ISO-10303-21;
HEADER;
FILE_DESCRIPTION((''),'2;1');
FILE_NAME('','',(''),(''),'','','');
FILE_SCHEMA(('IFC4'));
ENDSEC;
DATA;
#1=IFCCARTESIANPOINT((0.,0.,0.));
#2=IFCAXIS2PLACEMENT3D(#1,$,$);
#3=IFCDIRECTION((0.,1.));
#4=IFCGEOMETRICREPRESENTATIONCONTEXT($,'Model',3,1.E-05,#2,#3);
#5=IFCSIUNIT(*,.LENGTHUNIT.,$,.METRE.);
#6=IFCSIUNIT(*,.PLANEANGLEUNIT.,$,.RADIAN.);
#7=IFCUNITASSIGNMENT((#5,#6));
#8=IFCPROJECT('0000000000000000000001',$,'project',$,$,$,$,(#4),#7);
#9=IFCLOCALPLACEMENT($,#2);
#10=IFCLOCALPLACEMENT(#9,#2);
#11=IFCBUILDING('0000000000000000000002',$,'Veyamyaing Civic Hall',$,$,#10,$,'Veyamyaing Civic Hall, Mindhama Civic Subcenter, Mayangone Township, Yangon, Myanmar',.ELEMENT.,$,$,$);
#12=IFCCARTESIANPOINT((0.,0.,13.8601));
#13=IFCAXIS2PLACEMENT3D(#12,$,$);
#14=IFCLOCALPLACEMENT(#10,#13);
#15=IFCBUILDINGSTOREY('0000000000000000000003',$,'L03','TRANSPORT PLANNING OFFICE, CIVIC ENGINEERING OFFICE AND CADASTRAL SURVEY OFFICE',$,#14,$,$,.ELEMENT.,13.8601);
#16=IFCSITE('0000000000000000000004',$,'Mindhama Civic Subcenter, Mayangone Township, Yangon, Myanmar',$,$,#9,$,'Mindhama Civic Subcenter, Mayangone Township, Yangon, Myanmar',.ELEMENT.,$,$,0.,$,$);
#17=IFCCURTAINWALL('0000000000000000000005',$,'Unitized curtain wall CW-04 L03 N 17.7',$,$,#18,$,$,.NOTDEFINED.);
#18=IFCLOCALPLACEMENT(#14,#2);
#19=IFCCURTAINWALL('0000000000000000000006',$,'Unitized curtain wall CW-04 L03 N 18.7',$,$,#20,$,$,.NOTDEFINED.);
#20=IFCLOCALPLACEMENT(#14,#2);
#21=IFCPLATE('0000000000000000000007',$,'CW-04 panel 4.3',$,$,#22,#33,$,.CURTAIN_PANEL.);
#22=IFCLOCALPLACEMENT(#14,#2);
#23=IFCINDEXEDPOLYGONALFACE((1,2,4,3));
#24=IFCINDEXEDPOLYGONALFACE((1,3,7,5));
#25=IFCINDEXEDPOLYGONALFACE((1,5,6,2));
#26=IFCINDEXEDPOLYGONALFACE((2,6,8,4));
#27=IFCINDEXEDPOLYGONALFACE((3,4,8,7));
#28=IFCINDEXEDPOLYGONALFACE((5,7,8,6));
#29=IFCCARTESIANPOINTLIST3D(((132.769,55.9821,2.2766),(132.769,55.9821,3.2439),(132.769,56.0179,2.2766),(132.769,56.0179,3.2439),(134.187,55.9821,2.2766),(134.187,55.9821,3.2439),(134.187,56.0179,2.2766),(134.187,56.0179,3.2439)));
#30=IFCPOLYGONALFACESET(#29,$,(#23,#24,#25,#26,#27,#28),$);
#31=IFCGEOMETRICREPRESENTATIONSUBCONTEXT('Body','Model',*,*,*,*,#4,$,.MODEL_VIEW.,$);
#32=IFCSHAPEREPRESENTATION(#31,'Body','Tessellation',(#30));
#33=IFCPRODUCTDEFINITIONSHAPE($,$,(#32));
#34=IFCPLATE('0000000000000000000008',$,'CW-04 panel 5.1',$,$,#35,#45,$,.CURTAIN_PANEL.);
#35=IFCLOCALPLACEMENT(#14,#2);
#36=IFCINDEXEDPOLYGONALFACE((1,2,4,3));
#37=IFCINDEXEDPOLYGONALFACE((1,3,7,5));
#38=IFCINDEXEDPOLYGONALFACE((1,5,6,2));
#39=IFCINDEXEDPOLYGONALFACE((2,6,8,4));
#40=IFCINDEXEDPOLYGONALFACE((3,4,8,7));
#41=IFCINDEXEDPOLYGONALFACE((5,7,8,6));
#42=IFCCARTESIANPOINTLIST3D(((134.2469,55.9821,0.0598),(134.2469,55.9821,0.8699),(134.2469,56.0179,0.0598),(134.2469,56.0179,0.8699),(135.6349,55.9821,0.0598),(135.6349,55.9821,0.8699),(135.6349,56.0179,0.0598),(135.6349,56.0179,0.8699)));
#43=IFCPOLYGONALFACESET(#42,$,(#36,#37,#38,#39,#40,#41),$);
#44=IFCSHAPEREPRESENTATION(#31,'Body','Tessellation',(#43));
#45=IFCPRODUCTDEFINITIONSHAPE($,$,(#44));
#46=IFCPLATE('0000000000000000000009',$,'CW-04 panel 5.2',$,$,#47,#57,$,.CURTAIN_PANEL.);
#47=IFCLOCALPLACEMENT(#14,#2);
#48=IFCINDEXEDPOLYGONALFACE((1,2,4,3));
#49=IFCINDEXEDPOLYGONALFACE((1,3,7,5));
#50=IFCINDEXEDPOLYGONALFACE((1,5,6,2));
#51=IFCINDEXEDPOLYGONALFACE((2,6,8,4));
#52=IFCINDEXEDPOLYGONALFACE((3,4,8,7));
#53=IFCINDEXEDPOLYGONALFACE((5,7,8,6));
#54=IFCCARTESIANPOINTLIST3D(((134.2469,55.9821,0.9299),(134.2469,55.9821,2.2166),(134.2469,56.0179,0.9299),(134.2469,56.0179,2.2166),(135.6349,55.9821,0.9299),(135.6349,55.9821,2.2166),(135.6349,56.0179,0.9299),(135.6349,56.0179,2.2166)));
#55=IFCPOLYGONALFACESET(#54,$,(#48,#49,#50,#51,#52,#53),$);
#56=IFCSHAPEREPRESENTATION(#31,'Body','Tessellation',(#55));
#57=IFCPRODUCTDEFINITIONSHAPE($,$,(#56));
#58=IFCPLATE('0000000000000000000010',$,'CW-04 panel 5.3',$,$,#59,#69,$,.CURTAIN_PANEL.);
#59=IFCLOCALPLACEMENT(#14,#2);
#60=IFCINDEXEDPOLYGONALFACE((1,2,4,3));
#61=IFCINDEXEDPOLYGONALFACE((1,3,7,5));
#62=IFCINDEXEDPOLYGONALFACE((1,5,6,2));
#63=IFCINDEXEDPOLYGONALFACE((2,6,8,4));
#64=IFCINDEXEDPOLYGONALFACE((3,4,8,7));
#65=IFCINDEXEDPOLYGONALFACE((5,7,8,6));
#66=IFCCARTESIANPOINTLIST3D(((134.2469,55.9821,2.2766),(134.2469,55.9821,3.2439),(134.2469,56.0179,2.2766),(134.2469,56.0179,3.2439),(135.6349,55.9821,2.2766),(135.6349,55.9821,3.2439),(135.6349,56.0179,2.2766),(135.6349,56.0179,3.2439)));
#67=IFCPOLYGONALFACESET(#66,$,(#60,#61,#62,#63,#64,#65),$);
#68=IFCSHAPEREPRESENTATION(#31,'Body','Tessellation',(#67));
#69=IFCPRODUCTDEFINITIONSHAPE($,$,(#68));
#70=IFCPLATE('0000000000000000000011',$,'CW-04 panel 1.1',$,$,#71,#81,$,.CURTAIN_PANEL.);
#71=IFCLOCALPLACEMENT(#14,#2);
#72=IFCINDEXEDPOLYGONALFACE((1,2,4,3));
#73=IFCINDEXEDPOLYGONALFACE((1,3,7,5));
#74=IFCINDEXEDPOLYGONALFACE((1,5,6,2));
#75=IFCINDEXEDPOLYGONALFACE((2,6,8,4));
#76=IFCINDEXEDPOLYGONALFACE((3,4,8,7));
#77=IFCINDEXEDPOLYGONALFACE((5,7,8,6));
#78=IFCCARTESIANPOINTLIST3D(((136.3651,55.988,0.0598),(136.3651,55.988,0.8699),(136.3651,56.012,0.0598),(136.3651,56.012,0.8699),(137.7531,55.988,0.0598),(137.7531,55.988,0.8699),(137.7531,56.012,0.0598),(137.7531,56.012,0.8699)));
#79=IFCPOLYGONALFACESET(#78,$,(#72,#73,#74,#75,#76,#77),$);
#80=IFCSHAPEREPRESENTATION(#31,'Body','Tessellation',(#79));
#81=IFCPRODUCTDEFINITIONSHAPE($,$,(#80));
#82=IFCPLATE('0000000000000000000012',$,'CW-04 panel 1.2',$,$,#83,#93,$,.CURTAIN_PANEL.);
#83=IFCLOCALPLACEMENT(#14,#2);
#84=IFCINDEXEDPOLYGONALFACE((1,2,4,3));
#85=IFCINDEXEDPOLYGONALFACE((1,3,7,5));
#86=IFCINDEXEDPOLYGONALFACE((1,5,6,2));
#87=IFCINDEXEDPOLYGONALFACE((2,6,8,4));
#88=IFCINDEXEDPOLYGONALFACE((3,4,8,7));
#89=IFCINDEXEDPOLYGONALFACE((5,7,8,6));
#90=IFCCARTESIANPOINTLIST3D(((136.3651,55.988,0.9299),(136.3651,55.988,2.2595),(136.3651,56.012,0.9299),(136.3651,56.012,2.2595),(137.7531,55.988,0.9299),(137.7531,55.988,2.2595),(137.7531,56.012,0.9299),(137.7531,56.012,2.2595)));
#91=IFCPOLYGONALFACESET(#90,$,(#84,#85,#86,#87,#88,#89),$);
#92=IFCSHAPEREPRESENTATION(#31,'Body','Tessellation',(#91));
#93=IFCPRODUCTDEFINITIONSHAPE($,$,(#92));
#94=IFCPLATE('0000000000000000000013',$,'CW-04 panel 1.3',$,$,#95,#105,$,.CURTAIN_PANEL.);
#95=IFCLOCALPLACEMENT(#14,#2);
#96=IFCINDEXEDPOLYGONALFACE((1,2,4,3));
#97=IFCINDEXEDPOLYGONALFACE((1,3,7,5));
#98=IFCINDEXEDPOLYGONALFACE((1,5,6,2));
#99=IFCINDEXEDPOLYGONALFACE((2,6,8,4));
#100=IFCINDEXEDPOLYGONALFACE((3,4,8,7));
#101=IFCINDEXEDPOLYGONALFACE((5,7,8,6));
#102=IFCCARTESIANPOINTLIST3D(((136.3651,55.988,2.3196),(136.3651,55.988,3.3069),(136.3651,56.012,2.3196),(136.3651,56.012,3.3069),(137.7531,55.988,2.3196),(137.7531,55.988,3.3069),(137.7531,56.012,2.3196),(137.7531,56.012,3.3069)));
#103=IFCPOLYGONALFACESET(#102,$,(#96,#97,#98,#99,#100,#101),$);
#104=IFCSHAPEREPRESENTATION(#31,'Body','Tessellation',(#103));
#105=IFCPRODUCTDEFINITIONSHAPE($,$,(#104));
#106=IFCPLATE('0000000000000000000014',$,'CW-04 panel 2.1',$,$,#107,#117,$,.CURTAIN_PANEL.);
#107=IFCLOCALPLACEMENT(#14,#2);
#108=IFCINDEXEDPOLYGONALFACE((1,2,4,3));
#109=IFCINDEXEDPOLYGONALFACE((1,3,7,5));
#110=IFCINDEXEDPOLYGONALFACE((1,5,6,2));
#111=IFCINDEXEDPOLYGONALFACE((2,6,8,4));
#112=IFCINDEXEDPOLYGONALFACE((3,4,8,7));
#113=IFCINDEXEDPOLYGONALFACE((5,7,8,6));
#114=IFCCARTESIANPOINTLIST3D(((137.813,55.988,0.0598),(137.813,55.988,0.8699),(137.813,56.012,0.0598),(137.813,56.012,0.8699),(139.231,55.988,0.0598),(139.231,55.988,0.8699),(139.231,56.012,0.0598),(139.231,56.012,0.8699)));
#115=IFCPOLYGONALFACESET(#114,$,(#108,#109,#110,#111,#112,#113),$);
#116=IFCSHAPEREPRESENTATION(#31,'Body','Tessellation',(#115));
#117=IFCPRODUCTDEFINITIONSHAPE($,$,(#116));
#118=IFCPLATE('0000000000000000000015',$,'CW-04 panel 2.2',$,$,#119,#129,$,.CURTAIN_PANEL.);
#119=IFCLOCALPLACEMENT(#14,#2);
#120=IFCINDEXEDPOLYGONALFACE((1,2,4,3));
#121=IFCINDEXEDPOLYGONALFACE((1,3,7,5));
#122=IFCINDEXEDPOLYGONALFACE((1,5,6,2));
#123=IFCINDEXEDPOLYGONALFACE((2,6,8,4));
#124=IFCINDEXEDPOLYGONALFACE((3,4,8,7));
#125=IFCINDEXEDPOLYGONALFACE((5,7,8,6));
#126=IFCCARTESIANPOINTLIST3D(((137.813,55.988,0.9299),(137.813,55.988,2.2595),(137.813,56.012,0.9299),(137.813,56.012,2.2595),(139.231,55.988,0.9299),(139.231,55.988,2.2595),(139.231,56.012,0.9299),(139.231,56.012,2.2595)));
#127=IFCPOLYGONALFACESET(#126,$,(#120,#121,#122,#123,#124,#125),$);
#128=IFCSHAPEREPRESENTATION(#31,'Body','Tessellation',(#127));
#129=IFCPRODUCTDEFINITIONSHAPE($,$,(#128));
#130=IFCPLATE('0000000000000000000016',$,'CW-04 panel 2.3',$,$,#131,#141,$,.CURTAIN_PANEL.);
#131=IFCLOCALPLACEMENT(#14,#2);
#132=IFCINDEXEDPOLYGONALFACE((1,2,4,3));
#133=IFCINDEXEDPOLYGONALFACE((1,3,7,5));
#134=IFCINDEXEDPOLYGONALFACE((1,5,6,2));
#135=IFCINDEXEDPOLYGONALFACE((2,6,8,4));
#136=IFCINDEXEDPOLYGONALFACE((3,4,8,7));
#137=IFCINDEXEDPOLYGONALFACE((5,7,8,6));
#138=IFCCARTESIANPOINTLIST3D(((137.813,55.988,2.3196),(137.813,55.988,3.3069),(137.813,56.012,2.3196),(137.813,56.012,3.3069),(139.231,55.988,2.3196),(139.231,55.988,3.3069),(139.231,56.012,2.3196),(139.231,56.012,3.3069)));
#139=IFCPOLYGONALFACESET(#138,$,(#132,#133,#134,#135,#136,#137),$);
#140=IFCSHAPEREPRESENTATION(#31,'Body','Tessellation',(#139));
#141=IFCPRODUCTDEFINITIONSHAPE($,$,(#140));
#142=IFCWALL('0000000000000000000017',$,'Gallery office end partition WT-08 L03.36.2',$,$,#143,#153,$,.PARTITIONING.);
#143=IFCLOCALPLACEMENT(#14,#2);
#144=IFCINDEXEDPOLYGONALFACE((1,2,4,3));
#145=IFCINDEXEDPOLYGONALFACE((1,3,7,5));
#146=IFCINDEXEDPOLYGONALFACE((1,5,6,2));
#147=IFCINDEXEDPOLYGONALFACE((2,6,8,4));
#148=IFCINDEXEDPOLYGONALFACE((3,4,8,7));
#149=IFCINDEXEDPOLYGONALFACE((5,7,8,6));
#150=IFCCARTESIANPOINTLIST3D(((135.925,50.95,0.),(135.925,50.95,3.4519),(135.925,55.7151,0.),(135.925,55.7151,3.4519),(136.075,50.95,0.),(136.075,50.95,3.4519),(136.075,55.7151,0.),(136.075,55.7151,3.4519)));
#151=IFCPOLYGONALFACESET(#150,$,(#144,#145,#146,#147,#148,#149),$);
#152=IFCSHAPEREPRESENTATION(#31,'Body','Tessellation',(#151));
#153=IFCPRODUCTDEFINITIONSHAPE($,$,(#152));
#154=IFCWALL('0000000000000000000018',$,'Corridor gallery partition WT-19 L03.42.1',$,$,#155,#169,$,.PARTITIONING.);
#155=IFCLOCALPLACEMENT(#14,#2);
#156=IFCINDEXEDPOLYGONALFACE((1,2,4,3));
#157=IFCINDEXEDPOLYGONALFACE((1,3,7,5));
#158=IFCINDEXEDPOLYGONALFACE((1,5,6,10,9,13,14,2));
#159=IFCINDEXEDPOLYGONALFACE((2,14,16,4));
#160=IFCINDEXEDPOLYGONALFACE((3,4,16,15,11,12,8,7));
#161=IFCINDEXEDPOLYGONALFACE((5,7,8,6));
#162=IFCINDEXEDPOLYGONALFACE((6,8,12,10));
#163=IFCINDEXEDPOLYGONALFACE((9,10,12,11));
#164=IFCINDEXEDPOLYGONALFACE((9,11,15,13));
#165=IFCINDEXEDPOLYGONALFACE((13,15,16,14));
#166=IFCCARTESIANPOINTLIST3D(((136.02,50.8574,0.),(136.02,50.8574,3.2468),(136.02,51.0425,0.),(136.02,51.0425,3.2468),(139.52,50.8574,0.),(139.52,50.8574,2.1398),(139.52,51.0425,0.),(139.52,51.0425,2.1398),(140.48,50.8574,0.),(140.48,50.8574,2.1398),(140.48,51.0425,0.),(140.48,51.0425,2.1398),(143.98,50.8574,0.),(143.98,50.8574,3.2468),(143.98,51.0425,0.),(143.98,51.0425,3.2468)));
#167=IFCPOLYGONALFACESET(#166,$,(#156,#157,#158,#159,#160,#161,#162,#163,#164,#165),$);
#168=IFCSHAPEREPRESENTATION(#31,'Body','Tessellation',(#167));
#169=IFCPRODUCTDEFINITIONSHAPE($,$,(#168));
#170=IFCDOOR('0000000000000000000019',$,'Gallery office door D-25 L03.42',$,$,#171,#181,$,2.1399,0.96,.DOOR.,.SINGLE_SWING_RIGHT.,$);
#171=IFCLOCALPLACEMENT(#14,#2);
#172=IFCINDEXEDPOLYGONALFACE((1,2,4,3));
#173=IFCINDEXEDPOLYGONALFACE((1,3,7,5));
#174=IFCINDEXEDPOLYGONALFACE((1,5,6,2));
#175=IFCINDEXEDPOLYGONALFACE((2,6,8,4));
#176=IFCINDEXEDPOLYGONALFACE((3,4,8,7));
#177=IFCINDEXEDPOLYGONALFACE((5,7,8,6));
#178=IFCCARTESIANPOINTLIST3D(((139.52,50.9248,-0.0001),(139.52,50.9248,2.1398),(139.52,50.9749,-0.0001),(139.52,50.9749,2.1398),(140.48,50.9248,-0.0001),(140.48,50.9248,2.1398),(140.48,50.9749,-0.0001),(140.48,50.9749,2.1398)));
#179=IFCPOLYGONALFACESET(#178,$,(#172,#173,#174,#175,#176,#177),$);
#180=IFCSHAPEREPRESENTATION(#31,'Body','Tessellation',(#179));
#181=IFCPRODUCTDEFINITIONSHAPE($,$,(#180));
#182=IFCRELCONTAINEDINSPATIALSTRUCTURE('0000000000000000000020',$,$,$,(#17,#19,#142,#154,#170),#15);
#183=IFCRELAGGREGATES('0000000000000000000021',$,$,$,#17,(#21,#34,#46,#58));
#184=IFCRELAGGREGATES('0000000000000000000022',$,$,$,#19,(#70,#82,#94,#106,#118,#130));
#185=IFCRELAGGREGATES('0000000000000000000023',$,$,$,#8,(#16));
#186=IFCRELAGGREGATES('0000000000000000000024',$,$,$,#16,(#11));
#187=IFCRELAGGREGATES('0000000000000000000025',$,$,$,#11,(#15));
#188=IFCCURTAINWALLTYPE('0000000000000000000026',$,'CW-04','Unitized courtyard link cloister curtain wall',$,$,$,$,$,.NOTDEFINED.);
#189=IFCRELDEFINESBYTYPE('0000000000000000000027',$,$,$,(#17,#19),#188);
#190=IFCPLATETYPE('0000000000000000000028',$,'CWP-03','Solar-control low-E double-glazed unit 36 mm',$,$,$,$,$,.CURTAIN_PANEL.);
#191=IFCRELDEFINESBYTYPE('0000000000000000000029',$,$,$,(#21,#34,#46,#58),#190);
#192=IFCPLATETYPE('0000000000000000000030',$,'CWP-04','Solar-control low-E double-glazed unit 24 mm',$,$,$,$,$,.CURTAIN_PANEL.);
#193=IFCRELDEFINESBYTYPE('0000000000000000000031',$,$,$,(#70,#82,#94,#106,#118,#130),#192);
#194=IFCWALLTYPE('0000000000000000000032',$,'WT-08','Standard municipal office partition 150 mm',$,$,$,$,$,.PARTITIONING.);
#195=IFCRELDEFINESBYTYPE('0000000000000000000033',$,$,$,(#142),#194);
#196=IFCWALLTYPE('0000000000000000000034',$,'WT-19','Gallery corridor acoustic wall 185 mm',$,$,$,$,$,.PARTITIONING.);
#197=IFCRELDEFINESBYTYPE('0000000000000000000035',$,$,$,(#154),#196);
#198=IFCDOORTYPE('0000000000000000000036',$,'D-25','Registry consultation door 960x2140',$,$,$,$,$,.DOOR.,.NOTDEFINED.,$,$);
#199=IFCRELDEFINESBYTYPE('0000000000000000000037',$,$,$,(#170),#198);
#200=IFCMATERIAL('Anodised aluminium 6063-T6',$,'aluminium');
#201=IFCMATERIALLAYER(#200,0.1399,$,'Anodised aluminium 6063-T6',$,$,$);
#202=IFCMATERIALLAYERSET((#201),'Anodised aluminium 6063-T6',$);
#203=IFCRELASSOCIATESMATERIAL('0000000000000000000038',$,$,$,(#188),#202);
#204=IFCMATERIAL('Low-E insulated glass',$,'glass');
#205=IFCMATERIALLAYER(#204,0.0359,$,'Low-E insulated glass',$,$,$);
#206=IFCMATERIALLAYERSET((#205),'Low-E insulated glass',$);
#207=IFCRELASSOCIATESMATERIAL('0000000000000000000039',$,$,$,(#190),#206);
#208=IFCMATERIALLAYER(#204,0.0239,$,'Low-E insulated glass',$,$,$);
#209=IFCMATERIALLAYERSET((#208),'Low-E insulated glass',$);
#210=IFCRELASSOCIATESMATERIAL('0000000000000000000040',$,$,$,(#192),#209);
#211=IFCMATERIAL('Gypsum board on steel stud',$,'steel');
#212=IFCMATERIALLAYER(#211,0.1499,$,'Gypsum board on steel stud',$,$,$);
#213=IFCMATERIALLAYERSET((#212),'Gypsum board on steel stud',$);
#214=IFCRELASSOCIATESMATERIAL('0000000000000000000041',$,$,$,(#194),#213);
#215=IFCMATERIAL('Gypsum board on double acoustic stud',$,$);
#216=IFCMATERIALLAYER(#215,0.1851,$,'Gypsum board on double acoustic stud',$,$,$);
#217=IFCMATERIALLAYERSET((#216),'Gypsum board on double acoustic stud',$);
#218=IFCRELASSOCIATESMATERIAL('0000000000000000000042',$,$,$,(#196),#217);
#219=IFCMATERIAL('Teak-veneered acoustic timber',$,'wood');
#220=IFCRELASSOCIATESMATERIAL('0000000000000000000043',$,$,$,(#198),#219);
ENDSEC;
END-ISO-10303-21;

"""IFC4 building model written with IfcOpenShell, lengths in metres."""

from ifc_helpers import new_model, si_unit, direction, frame, frame_2d, origin, origin_2d, place, context, subcontext, project, spatial, rectangle, extrude, material, layer, layer_set, type_object, element, fill, aggregate, save


model = new_model("IFC4")

# Units and contexts
model_context = context("Model", 3, precision=1e-05, world=origin(), true_north=direction((0.0, 1.0)))
body_context = subcontext(model_context, "Body", "Model", "MODEL_VIEW")
ifc_project = project(units=[si_unit("LENGTHUNIT", "METRE"), si_unit("PLANEANGLEUNIT", "RADIAN")], contexts=[model_context])

# Site, building, storey
site_placement = place(None, origin())
site = spatial("IfcSite", under=ifc_project, at=site_placement, Name="Mindhama Civic Subcenter, Mayangone Township, Yangon, Myanmar", LongName="Mindhama Civic Subcenter, Mayangone Township, Yangon, Myanmar", CompositionType="ELEMENT", RefElevation=0.0)
building_placement = place(site_placement, origin())
building = spatial("IfcBuilding", under=site, at=building_placement, Name="Veyamyaing Civic Hall", LongName="Veyamyaing Civic Hall, Mindhama Civic Subcenter, Mayangone Township, Yangon, Myanmar", CompositionType="ELEMENT")
storey_placement = place(building_placement, frame((0.0, 0.0, 13.8601)))
storey = spatial("IfcBuildingStorey", under=building, at=storey_placement, Name="L03", Description="TRANSPORT PLANNING OFFICE, CIVIC ENGINEERING OFFICE AND CADASTRAL SURVEY OFFICE", CompositionType="ELEMENT", Elevation=13.8601)

# Curtain walls
ifc_material_1 = material(Name="Anodised aluminium 6063-T6", Category="aluminium")
ifc_layer_1 = layer(ifc_material_1, 0.1399, Name="Anodised aluminium 6063-T6")
ifc_layer_set_1 = layer_set([ifc_layer_1], Name="Anodised aluminium 6063-T6")
curtain_wall_type = type_object("IfcCurtainWallType", Name="CW-04", Description="Unitized courtyard link cloister curtain wall", PredefinedType="NOTDEFINED", material=ifc_layer_set_1)
curtain_wall_1_placement = place(storey_placement, origin())
curtain_wall_1 = element("IfcCurtainWall", 1, at=curtain_wall_1_placement, inside=storey, type_object=curtain_wall_type, Name="Unitized curtain wall CW-04 L03 N 17.7", PredefinedType="NOTDEFINED")
curtain_wall_2_placement = place(storey_placement, origin())
curtain_wall_2 = element("IfcCurtainWall", 2, at=curtain_wall_2_placement, inside=storey, type_object=curtain_wall_type, Name="Unitized curtain wall CW-04 L03 N 18.7", PredefinedType="NOTDEFINED")

# Plates
ifc_material_2 = material(Name="Low-E insulated glass", Category="glass")
ifc_layer_2 = layer(ifc_material_2, 0.0359, Name="Low-E insulated glass")
ifc_layer_set_2 = layer_set([ifc_layer_2], Name="Low-E insulated glass")
plate_type_1 = type_object("IfcPlateType", Name="CWP-03", Description="Solar-control low-E double-glazed unit 36 mm", PredefinedType="CURTAIN_PANEL", material=ifc_layer_set_2)
plate_1_placement = place(storey_placement, frame((133.478, 56.0, 2.2766), z_axis=(0.0, 0.0, 1.0), x_axis=(1.0, 0.0, 0.0)))
plate_1 = element("IfcPlate", 3, at=plate_1_placement, type_object=plate_type_1, Name="CW-04 panel 4.3", PredefinedType="CURTAIN_PANEL", context=body_context, shape_type="SweptSolid", body=[
    extrude(rectangle(XDim=1.418, YDim=0.0359, at=origin_2d()), origin(), (0.0, 0.0, 1.0), 0.9673),
])
plate_2_placement = place(storey_placement, frame((134.9409, 56.0, 0.0598), z_axis=(0.0, 0.0, 1.0), x_axis=(1.0, 0.0, 0.0)))
plate_2 = element("IfcPlate", 4, at=plate_2_placement, type_object=plate_type_1, Name="CW-04 panel 5.1", PredefinedType="CURTAIN_PANEL", context=body_context, shape_type="SweptSolid", body=[
    extrude(rectangle(XDim=1.3879, YDim=0.0359, at=origin_2d()), origin(), (0.0, 0.0, 1.0), 0.8101),
])
plate_3_placement = place(storey_placement, frame((134.9409, 56.0, 0.9299), z_axis=(0.0, 0.0, 1.0), x_axis=(1.0, 0.0, 0.0)))
plate_3 = element("IfcPlate", 5, at=plate_3_placement, type_object=plate_type_1, Name="CW-04 panel 5.2", PredefinedType="CURTAIN_PANEL", context=body_context, shape_type="SweptSolid", body=[
    extrude(rectangle(XDim=1.3879, YDim=0.0359, at=origin_2d()), origin(), (0.0, 0.0, 1.0), 1.2866),
])
plate_4_placement = place(storey_placement, frame((134.9409, 56.0, 2.2766), z_axis=(0.0, 0.0, 1.0), x_axis=(1.0, 0.0, 0.0)))
plate_4 = element("IfcPlate", 6, at=plate_4_placement, type_object=plate_type_1, Name="CW-04 panel 5.3", PredefinedType="CURTAIN_PANEL", context=body_context, shape_type="SweptSolid", body=[
    extrude(rectangle(XDim=1.3879, YDim=0.0359, at=origin_2d()), origin(), (0.0, 0.0, 1.0), 0.9673),
])
aggregate(curtain_wall_1, [plate_1, plate_2, plate_3, plate_4])
ifc_layer_3 = layer(ifc_material_2, 0.0239, Name="Low-E insulated glass")
ifc_layer_set_3 = layer_set([ifc_layer_3], Name="Low-E insulated glass")
plate_type_2 = type_object("IfcPlateType", Name="CWP-04", Description="Solar-control low-E double-glazed unit 24 mm", PredefinedType="CURTAIN_PANEL", material=ifc_layer_set_3)
plate_5_placement = place(storey_placement, frame((137.0591, 56.0, 0.0598), z_axis=(0.0, 0.0, 1.0), x_axis=(1.0, 0.0, 0.0)))
plate_5 = element("IfcPlate", 7, at=plate_5_placement, type_object=plate_type_2, Name="CW-04 panel 1.1", PredefinedType="CURTAIN_PANEL", context=body_context, shape_type="SweptSolid", body=[
    extrude(rectangle(XDim=1.3879, YDim=0.0239, at=origin_2d()), origin(), (0.0, 0.0, 1.0), 0.8101),
])
plate_6_placement = place(storey_placement, frame((137.0591, 56.0, 0.9299), z_axis=(0.0, 0.0, 1.0), x_axis=(1.0, 0.0, 0.0)))
plate_6 = element("IfcPlate", 8, at=plate_6_placement, type_object=plate_type_2, Name="CW-04 panel 1.2", PredefinedType="CURTAIN_PANEL", context=body_context, shape_type="SweptSolid", body=[
    extrude(rectangle(XDim=1.3879, YDim=0.0239, at=origin_2d()), origin(), (0.0, 0.0, 1.0), 1.3296),
])
plate_7_placement = place(storey_placement, frame((137.0591, 56.0, 2.3196), z_axis=(0.0, 0.0, 1.0), x_axis=(1.0, 0.0, 0.0)))
plate_7 = element("IfcPlate", 9, at=plate_7_placement, type_object=plate_type_2, Name="CW-04 panel 1.3", PredefinedType="CURTAIN_PANEL", context=body_context, shape_type="SweptSolid", body=[
    extrude(rectangle(XDim=1.3879, YDim=0.0239, at=origin_2d()), origin(), (0.0, 0.0, 1.0), 0.9873),
])
plate_8_placement = place(storey_placement, frame((138.522, 56.0, 0.0598), z_axis=(0.0, 0.0, 1.0), x_axis=(1.0, 0.0, 0.0)))
plate_8 = element("IfcPlate", 10, at=plate_8_placement, type_object=plate_type_2, Name="CW-04 panel 2.1", PredefinedType="CURTAIN_PANEL", context=body_context, shape_type="SweptSolid", body=[
    extrude(rectangle(XDim=1.418, YDim=0.0239, at=origin_2d()), origin(), (0.0, 0.0, 1.0), 0.8101),
])
plate_9_placement = place(storey_placement, frame((138.522, 56.0, 0.9299), z_axis=(0.0, 0.0, 1.0), x_axis=(1.0, 0.0, 0.0)))
plate_9 = element("IfcPlate", 11, at=plate_9_placement, type_object=plate_type_2, Name="CW-04 panel 2.2", PredefinedType="CURTAIN_PANEL", context=body_context, shape_type="SweptSolid", body=[
    extrude(rectangle(XDim=1.418, YDim=0.0239, at=origin_2d()), origin(), (0.0, 0.0, 1.0), 1.3296),
])
plate_10_placement = place(storey_placement, frame((138.522, 56.0, 2.3196), z_axis=(0.0, 0.0, 1.0), x_axis=(1.0, 0.0, 0.0)))
plate_10 = element("IfcPlate", 12, at=plate_10_placement, type_object=plate_type_2, Name="CW-04 panel 2.3", PredefinedType="CURTAIN_PANEL", context=body_context, shape_type="SweptSolid", body=[
    extrude(rectangle(XDim=1.418, YDim=0.0239, at=origin_2d()), origin(), (0.0, 0.0, 1.0), 0.9873),
])
aggregate(curtain_wall_2, [plate_5, plate_6, plate_7, plate_8, plate_9, plate_10])

# Wall
ifc_material_3 = material(Name="Gypsum board on steel stud", Category="steel")
ifc_layer_4 = layer(ifc_material_3, 0.1499, Name="Gypsum board on steel stud")
ifc_layer_set_4 = layer_set([ifc_layer_4], Name="Gypsum board on steel stud")
wall_type_1 = type_object("IfcWallType", Name="WT-08", Description="Standard municipal office partition 150 mm", PredefinedType="PARTITIONING", material=ifc_layer_set_4)
wall_1_placement = place(storey_placement, frame((136.0, 50.95, 0.0), z_axis=(0.0, 0.0, 1.0), x_axis=(0.0, 1.0, 0.0)))
element("IfcWall", 13, at=wall_1_placement, inside=storey, type_object=wall_type_1, Name="Gallery office end partition WT-08 L03.36.2", PredefinedType="PARTITIONING", context=body_context, shape_type="SweptSolid", body=[
    extrude(rectangle(XDim=4.7651, YDim=0.1499, at=frame_2d((2.3826, 0.0))), origin(), (0.0, 0.0, 1.0), 3.4519),
])

# Wall, opening, door
ifc_material_4 = material(Name="Gypsum board on double acoustic stud")
ifc_layer_5 = layer(ifc_material_4, 0.1851, Name="Gypsum board on double acoustic stud")
ifc_layer_set_5 = layer_set([ifc_layer_5], Name="Gypsum board on double acoustic stud")
wall_type_2 = type_object("IfcWallType", Name="WT-19", Description="Gallery corridor acoustic wall 185 mm", PredefinedType="PARTITIONING", material=ifc_layer_set_5)
wall_2_placement = place(storey_placement, frame((136.02, 50.95, 0.0), z_axis=(0.0, 0.0, 1.0), x_axis=(1.0, 0.0, 0.0)))
wall_2 = element("IfcWall", 14, at=wall_2_placement, inside=storey, type_object=wall_type_2, Name="Corridor gallery partition WT-19 L03.42.1", PredefinedType="PARTITIONING", context=body_context, shape_type="SweptSolid", body=[
    extrude(rectangle(XDim=7.96, YDim=0.1851, at=frame_2d((3.98, 0.0))), origin(), (0.0, 0.0, 1.0), 3.2468),
])
opening_placement = place(wall_2_placement, frame((3.5, 0.0, 0.0)))
opening = element("IfcOpeningElement", 15, at=opening_placement, cuts=wall_2, PredefinedType="OPENING", context=body_context, shape_type="SweptSolid", body=[
    extrude(rectangle(XDim=0.96, YDim=2.1399, at=frame_2d((0.48, 1.0698))), frame((0.0, 0.1025, 0.0), z_axis=(0.0, -1.0, 0.0), x_axis=(1.0, 0.0, 0.0)), (0.0, 0.0, 1.0), 0.2051),
])
ifc_material_5 = material(Name="Teak-veneered acoustic timber", Category="wood")
door_type = type_object("IfcDoorType", Name="D-25", Description="Registry consultation door 960x2140", OperationType="NOTDEFINED", PredefinedType="DOOR", material=ifc_material_5)
door_placement = place(opening_placement, origin())
door = element("IfcDoor", 16, at=door_placement, inside=storey, type_object=door_type, Name="Gallery office door D-25 L03.42", OperationType="SINGLE_SWING_RIGHT", OverallHeight=2.1399, OverallWidth=0.96, PredefinedType="DOOR", context=body_context, shape_type="SweptSolid", body=[
    extrude(rectangle(XDim=0.96, YDim=2.1399, at=frame_2d((0.48, 1.0698))), frame((0.0, 0.0249, 0.0), z_axis=(0.0, -1.0, 0.0), x_axis=(1.0, 0.0, 0.0)), (0.0, 0.0, 1.0), 0.05),
])
fill(opening, door)

save(model, "model.ifc")
